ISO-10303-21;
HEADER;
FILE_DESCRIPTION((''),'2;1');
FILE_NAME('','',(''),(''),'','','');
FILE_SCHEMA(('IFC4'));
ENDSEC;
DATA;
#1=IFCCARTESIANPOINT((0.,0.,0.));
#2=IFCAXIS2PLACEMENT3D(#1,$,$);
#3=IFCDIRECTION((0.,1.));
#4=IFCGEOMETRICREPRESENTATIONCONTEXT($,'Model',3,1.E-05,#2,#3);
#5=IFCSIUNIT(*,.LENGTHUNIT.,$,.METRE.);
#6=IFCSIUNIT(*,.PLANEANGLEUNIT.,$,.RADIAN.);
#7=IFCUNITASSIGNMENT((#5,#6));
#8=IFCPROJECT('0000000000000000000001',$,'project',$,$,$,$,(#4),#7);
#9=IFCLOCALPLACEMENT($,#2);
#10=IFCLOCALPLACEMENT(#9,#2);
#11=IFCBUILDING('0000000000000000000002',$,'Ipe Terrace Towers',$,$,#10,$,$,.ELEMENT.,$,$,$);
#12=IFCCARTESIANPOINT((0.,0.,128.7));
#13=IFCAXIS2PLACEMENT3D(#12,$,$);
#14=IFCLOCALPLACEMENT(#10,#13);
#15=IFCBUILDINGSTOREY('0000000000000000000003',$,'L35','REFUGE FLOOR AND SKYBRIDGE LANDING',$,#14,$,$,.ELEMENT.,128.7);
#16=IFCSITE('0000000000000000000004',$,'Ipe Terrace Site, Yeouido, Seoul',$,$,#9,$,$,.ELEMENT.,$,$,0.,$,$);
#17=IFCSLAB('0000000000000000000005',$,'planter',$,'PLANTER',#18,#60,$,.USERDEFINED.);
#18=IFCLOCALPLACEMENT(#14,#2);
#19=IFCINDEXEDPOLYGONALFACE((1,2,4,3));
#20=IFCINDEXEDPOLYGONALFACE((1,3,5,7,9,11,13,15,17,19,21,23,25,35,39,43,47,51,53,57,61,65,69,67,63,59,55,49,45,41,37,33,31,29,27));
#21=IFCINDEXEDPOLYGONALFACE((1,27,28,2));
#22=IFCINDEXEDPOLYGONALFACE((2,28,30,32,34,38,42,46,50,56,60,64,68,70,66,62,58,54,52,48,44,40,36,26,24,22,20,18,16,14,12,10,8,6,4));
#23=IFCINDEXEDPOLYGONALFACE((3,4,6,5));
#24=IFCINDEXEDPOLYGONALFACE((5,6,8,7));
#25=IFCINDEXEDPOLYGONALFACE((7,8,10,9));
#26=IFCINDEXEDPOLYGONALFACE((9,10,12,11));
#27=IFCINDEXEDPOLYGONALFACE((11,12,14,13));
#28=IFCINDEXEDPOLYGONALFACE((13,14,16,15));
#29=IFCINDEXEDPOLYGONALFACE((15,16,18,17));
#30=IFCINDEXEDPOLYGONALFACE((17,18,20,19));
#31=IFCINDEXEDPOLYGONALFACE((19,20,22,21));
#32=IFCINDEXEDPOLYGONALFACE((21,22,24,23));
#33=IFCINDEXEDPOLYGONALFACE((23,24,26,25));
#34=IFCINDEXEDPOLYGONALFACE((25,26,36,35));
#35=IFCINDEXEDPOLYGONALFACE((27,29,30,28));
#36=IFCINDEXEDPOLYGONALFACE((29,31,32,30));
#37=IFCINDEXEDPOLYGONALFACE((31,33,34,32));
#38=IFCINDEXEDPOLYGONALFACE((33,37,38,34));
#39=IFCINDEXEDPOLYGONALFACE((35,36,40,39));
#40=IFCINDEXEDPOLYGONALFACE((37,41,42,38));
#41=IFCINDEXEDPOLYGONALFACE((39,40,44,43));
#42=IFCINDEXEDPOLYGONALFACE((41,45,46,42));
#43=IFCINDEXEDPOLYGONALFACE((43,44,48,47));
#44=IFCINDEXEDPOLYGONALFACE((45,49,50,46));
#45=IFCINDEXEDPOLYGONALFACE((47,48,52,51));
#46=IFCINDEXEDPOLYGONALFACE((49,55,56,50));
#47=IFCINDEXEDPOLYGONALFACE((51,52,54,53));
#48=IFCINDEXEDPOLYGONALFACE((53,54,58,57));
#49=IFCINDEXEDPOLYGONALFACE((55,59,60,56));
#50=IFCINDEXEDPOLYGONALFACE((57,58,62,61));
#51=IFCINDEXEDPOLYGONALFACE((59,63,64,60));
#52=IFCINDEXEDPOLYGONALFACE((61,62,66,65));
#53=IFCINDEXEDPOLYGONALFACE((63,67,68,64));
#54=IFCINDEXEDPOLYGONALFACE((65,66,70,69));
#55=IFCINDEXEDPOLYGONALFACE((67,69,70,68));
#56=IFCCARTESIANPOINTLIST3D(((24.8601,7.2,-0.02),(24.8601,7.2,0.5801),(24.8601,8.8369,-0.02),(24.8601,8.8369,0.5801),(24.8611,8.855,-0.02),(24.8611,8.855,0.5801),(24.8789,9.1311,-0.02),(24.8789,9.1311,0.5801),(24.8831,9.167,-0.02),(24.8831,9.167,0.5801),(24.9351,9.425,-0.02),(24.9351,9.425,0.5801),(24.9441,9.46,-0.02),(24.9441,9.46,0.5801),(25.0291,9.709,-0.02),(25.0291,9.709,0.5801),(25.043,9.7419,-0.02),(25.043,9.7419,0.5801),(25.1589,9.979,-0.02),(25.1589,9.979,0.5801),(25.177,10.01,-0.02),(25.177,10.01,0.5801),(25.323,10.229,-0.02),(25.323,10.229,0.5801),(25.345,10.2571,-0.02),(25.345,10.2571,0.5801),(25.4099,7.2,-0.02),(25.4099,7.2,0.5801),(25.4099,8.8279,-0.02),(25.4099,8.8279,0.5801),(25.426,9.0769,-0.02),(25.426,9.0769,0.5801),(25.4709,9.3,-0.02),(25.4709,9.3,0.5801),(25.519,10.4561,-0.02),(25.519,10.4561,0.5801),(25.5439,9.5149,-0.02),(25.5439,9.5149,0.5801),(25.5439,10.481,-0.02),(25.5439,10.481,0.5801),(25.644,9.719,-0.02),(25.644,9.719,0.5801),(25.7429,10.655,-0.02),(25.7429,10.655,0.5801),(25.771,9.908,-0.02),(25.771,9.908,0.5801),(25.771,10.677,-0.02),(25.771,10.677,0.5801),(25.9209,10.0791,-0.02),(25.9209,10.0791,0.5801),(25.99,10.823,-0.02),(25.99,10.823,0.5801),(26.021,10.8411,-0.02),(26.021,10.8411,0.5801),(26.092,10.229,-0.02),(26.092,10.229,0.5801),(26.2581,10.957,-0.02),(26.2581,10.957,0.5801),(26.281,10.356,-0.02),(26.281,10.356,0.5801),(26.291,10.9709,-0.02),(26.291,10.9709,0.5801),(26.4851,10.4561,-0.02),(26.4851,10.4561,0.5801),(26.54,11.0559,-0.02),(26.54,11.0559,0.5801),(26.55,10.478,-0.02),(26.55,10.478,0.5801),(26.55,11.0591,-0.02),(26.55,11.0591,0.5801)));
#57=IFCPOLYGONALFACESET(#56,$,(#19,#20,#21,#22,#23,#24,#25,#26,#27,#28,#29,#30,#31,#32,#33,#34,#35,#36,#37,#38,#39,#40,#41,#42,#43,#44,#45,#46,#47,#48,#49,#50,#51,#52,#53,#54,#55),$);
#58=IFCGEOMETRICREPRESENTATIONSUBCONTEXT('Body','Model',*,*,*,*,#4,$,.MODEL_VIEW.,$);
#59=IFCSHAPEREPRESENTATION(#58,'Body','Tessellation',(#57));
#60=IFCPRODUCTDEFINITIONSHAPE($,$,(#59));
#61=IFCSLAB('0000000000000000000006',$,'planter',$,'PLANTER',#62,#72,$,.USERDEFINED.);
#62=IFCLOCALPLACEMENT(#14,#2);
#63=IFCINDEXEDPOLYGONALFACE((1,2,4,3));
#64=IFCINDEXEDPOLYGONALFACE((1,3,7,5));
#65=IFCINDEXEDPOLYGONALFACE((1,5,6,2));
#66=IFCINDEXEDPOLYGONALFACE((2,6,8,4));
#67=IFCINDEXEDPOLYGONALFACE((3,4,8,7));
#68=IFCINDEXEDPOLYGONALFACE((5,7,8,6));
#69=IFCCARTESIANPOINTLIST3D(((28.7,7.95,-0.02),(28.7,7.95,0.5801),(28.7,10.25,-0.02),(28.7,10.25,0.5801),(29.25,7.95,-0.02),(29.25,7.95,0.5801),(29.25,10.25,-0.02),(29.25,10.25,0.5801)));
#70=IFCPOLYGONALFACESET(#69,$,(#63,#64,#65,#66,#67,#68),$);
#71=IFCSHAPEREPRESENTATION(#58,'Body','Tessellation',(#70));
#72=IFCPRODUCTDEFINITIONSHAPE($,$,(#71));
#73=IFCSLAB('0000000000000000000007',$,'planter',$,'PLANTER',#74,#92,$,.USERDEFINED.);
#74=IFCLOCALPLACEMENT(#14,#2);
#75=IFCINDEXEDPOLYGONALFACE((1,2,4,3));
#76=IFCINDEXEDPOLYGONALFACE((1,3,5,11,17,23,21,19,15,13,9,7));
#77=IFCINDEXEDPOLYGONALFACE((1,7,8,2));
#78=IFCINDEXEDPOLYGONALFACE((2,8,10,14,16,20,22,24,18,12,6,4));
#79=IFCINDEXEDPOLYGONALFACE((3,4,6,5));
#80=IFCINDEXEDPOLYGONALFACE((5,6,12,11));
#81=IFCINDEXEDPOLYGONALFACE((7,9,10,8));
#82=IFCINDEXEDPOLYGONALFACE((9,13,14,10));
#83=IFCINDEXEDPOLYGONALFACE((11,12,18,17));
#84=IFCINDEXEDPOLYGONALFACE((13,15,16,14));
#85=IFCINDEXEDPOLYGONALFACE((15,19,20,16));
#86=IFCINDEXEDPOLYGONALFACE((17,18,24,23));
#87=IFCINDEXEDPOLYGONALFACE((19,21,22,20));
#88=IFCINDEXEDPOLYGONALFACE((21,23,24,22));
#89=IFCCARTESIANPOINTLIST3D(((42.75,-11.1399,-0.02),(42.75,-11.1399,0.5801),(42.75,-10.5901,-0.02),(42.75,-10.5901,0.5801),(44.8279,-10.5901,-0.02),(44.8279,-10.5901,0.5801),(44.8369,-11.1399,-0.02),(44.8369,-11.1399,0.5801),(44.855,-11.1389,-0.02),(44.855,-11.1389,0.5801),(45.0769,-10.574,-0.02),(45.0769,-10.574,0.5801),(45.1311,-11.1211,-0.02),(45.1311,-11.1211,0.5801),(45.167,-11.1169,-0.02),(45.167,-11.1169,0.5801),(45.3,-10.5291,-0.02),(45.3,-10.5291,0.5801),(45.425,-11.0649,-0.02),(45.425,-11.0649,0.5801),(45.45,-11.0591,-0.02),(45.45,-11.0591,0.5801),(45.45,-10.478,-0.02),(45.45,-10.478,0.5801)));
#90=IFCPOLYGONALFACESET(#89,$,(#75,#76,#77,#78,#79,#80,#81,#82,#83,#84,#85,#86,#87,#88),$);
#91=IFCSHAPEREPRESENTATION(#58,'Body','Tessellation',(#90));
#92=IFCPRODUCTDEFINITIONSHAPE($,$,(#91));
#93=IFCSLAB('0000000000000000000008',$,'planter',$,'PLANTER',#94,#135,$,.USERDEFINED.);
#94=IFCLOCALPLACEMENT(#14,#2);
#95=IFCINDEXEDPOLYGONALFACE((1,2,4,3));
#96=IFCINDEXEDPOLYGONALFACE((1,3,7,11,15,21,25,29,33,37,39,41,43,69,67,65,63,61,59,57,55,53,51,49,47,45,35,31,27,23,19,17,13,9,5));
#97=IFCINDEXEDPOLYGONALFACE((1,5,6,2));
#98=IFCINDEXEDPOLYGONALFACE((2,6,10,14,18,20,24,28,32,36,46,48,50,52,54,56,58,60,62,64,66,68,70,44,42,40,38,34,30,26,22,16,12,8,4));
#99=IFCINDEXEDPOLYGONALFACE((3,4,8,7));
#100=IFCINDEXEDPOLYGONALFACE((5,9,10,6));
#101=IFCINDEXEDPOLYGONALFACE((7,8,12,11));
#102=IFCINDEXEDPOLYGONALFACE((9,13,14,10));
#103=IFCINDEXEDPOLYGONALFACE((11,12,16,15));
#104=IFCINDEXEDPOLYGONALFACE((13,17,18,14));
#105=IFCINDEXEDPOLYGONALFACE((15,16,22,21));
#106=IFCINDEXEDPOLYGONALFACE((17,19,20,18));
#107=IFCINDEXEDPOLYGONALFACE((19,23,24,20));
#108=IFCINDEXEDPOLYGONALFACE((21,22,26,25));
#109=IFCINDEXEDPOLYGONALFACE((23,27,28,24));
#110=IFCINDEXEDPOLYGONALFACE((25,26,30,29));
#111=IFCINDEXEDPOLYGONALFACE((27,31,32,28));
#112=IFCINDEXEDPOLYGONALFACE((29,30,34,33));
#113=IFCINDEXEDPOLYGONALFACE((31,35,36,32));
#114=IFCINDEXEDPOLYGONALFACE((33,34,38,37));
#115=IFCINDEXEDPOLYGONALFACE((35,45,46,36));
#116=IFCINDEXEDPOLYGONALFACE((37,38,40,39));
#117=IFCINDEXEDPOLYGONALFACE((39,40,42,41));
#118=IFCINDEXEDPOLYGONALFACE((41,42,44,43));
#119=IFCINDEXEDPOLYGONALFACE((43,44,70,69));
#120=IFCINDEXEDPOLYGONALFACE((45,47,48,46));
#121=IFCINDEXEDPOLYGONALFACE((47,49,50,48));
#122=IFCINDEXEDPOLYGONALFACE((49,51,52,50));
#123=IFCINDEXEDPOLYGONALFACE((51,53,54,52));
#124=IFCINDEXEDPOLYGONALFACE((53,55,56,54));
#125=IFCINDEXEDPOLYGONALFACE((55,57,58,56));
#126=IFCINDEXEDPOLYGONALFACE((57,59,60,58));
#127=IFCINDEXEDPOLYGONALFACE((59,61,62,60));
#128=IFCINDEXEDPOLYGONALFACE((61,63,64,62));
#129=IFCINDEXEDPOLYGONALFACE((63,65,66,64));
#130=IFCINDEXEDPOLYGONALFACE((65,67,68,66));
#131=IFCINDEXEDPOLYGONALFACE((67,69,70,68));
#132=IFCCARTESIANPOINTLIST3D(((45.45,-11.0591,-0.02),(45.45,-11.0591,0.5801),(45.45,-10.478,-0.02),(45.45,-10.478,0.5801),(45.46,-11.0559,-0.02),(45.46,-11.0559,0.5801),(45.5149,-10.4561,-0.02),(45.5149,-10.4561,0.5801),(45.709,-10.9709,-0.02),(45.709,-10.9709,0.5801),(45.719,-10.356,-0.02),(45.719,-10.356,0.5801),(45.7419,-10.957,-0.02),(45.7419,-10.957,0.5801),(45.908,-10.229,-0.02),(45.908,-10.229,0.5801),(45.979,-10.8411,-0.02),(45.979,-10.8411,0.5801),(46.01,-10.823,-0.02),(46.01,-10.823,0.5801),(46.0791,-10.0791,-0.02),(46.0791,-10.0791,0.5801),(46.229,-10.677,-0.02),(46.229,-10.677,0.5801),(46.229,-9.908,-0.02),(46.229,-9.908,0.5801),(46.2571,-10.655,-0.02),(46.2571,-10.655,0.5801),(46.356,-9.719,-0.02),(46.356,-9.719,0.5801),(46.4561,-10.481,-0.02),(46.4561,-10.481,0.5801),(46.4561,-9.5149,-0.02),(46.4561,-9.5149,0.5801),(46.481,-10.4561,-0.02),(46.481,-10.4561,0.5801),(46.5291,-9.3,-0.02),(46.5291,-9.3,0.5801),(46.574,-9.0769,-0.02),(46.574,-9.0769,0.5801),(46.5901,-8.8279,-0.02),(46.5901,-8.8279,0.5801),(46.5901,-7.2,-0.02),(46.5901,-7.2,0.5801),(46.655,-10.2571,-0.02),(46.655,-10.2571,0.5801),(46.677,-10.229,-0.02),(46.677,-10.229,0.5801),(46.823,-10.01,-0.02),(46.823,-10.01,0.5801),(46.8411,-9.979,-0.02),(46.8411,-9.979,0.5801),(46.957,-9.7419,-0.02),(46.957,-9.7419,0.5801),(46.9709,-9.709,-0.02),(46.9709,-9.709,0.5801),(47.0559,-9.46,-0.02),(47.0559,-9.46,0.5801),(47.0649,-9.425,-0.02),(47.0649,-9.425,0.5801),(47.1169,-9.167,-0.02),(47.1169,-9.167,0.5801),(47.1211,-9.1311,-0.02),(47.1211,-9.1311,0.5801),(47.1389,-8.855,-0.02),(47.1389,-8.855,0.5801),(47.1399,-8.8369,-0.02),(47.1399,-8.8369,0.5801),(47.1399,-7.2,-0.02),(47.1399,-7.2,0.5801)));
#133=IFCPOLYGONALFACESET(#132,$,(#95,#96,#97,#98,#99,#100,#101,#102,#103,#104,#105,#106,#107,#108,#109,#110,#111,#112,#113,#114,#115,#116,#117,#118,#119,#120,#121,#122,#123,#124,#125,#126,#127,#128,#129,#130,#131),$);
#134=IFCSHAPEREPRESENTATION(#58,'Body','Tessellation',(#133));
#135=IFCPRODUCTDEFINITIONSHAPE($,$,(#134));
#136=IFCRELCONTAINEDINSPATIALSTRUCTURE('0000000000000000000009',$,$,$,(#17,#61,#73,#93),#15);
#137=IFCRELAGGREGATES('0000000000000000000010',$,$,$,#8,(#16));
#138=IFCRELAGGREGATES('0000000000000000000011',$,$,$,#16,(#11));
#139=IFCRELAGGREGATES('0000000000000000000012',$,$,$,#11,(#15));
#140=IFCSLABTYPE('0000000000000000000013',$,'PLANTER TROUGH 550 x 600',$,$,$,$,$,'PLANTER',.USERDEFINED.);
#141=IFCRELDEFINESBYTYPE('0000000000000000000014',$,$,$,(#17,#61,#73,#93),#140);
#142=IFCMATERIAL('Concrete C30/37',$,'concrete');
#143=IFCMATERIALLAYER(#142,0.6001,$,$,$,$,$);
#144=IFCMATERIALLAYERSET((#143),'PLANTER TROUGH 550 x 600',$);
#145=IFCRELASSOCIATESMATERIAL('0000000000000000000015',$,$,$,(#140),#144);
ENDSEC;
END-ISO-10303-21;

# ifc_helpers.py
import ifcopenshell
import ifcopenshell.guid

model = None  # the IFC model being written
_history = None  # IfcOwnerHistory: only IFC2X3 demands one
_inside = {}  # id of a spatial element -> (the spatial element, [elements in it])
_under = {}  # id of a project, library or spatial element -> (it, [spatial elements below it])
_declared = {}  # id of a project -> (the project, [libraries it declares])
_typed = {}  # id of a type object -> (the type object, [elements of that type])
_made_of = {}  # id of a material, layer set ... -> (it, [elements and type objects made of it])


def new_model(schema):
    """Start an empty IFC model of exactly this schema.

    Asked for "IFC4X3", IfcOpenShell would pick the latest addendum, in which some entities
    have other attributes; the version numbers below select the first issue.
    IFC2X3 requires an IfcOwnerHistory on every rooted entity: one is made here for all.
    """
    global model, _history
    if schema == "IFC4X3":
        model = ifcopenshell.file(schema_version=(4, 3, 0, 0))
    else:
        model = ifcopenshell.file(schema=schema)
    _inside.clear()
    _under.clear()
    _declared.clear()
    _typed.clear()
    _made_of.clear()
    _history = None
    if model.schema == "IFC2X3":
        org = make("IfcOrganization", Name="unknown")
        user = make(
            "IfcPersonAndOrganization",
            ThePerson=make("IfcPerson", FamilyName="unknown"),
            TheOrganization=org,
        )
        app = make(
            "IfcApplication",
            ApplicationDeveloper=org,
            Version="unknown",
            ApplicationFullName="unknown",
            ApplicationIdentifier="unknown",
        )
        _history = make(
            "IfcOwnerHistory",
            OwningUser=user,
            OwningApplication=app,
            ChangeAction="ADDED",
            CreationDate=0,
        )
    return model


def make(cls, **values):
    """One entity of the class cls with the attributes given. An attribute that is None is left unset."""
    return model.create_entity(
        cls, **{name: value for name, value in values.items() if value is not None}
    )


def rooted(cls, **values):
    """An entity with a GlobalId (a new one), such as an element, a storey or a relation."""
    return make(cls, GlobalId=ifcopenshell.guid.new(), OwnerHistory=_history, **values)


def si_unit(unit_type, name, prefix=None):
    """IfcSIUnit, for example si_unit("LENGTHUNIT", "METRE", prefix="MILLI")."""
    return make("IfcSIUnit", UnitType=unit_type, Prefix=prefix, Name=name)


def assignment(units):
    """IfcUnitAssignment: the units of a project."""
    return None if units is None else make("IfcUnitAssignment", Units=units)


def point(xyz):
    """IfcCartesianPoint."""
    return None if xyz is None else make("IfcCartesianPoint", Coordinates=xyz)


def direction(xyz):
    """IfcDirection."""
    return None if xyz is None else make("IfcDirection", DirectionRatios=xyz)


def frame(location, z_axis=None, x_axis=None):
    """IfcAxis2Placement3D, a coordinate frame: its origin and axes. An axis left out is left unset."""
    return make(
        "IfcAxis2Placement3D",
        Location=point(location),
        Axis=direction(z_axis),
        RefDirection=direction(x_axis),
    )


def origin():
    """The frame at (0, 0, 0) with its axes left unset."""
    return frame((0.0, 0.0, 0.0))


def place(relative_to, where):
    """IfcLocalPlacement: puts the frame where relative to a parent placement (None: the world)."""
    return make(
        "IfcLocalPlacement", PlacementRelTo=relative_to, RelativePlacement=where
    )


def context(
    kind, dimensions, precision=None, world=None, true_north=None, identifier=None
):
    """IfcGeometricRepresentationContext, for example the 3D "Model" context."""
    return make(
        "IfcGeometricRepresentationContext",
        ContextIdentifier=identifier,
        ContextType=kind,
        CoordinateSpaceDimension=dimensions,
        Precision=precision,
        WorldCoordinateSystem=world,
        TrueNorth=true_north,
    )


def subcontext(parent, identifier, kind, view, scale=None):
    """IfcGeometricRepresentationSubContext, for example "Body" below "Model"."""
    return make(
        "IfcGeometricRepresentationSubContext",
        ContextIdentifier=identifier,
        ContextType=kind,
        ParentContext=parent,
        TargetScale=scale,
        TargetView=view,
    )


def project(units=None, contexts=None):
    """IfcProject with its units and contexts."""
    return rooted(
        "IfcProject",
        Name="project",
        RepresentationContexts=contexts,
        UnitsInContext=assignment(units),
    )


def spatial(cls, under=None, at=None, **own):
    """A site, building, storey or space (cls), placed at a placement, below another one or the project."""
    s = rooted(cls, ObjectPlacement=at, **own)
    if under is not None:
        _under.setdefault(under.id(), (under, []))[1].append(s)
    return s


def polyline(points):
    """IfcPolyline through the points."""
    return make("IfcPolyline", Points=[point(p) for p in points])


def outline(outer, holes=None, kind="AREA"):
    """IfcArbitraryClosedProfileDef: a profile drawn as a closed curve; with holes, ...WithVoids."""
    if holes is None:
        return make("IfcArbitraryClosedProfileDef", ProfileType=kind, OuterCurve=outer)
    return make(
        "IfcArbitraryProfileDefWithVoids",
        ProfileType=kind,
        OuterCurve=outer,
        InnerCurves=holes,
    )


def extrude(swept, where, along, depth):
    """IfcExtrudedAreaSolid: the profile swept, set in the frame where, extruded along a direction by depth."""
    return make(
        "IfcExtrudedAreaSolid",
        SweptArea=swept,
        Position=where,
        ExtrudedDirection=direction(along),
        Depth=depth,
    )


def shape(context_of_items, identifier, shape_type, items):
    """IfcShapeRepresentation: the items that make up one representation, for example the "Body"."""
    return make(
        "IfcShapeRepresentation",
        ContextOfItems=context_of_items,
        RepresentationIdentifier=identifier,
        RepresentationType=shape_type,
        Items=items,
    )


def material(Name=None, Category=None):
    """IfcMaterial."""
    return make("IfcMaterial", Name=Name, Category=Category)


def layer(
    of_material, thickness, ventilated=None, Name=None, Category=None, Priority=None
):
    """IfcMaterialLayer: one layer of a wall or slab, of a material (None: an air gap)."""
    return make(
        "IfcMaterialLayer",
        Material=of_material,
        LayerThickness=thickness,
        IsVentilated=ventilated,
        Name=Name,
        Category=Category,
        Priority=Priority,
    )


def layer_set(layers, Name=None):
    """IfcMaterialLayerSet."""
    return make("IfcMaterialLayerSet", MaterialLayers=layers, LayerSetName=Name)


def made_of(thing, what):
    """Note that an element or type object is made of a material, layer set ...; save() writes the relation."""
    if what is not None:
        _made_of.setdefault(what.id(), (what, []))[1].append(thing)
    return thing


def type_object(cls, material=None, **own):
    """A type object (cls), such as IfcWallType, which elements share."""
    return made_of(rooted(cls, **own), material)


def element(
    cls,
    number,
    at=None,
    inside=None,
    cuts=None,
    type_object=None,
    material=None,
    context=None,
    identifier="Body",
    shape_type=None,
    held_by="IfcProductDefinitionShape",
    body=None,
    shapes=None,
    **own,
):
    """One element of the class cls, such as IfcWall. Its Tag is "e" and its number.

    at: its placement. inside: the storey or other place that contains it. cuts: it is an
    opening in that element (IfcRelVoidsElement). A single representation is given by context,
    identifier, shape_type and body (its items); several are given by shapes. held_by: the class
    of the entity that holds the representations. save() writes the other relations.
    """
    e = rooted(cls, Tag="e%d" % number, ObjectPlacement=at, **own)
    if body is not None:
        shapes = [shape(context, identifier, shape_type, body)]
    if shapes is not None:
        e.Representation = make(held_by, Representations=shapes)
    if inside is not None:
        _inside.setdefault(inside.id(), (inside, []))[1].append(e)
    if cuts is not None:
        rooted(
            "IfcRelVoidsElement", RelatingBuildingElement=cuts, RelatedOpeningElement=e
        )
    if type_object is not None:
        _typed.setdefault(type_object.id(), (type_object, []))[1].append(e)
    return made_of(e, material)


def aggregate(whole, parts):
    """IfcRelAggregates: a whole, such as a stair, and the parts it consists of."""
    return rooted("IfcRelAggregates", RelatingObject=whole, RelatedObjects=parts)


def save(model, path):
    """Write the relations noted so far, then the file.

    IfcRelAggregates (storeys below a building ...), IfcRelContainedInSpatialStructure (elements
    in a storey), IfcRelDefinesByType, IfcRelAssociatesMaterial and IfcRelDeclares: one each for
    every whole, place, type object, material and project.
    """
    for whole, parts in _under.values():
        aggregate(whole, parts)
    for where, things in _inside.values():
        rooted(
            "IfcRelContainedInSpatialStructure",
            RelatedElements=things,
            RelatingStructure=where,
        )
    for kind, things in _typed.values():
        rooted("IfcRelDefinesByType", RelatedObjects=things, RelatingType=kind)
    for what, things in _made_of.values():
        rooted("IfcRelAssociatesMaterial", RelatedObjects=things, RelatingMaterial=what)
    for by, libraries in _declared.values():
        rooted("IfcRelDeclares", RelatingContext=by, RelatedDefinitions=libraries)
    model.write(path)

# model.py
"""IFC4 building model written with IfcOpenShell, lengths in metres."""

from ifc_helpers import new_model, si_unit, direction, frame, origin, place, context, subcontext, project, spatial, polyline, outline, extrude, material, layer, layer_set, type_object, element, save


model = new_model("IFC4")

# Units and contexts
model_context = context("Model", 3, precision=1e-05, world=origin(), true_north=direction((0.0, 1.0)))
body_context = subcontext(model_context, "Body", "Model", "MODEL_VIEW")
ifc_project = project(units=[si_unit("LENGTHUNIT", "METRE"), si_unit("PLANEANGLEUNIT", "RADIAN")], contexts=[model_context])

# Site, building, storey
site_placement = place(None, origin())
site = spatial("IfcSite", under=ifc_project, at=site_placement, Name="Ipe Terrace Site, Yeouido, Seoul", CompositionType="ELEMENT", RefElevation=0.0)
building_placement = place(site_placement, origin())
building = spatial("IfcBuilding", under=site, at=building_placement, Name="Ipe Terrace Towers", CompositionType="ELEMENT")
storey_placement = place(building_placement, frame((0.0, 0.0, 128.7)))
storey = spatial("IfcBuildingStorey", under=building, at=storey_placement, Name="L35", Description="REFUGE FLOOR AND SKYBRIDGE LANDING", CompositionType="ELEMENT", Elevation=128.7)

# Slabs
ifc_material_1 = material(Name="Concrete C30/37", Category="concrete")
ifc_layer_1 = layer(ifc_material_1, 0.6001)
ifc_layer_set_1 = layer_set([ifc_layer_1], Name="PLANTER TROUGH 550 x 600")
slab_type_1 = type_object("IfcSlabType", Name="PLANTER TROUGH 550 x 600", ElementType="PLANTER", PredefinedType="USERDEFINED", material=ifc_layer_set_1)
slab_1_placement = place(storey_placement, frame((0.0, 0.0, -0.02)))
element("IfcSlab", 1, at=slab_1_placement, inside=storey, type_object=slab_type_1, Name="planter", ObjectType="PLANTER", PredefinedType="USERDEFINED", context=body_context, shape_type="SweptSolid", body=[
    extrude(outline(polyline([(26.4851, 10.4561), (26.55, 10.478), (26.55, 11.0591), (26.54, 11.0559), (26.291, 10.9709), (26.2581, 10.957), (26.021, 10.8411), (25.99, 10.823), (25.771, 10.677), (25.7429, 10.655), (25.5439, 10.481), (25.519, 10.4561), (25.345, 10.2571), (25.323, 10.229), (25.177, 10.01), (25.1589, 9.979), (25.043, 9.7419), (25.0291, 9.709), (24.9441, 9.46), (24.9351, 9.425), (24.8831, 9.167), (24.8789, 9.1311), (24.8611, 8.855), (24.8601, 8.8369), (24.8601, 7.2), (25.4099, 7.2), (25.4099, 8.8279), (25.426, 9.0769), (25.4709, 9.3), (25.5439, 9.5149), (25.644, 9.719), (25.771, 9.908), (25.9209, 10.0791), (26.092, 10.229), (26.281, 10.356), (26.4851, 10.4561)])), origin(), (0.0, 0.0, 1.0), 0.6001),
])
slab_2_placement = place(storey_placement, frame((0.0, 0.0, -0.02)))
element("IfcSlab", 2, at=slab_2_placement, inside=storey, type_object=slab_type_1, Name="planter", ObjectType="PLANTER", PredefinedType="USERDEFINED", context=body_context, shape_type="SweptSolid", body=[
    extrude(outline(polyline([(29.25, 7.95), (29.25, 10.25), (28.7, 10.25), (28.7, 7.95), (29.25, 7.95)])), origin(), (0.0, 0.0, 1.0), 0.6001),
])
slab_3_placement = place(storey_placement, frame((0.0, 0.0, -0.02)))
element("IfcSlab", 3, at=slab_3_placement, inside=storey, type_object=slab_type_1, Name="planter", ObjectType="PLANTER", PredefinedType="USERDEFINED", context=body_context, shape_type="SweptSolid", body=[
    extrude(outline(polyline([(45.3, -10.5291), (45.0769, -10.574), (44.8279, -10.5901), (42.75, -10.5901), (42.75, -11.1399), (44.8369, -11.1399), (44.855, -11.1389), (45.1311, -11.1211), (45.167, -11.1169), (45.425, -11.0649), (45.45, -11.0591), (45.45, -10.478), (45.3, -10.5291)])), origin(), (0.0, 0.0, 1.0), 0.6001),
])
slab_4_placement = place(storey_placement, frame((0.0, 0.0, -0.02)))
element("IfcSlab", 4, at=slab_4_placement, inside=storey, type_object=slab_type_1, Name="planter", ObjectType="PLANTER", PredefinedType="USERDEFINED", context=body_context, shape_type="SweptSolid", body=[
    extrude(outline(polyline([(45.5149, -10.4561), (45.45, -10.478), (45.45, -11.0591), (45.46, -11.0559), (45.709, -10.9709), (45.7419, -10.957), (45.979, -10.8411), (46.01, -10.823), (46.229, -10.677), (46.2571, -10.655), (46.4561, -10.481), (46.481, -10.4561), (46.655, -10.2571), (46.677, -10.229), (46.823, -10.01), (46.8411, -9.979), (46.957, -9.7419), (46.9709, -9.709), (47.0559, -9.46), (47.0649, -9.425), (47.1169, -9.167), (47.1211, -9.1311), (47.1389, -8.855), (47.1399, -8.8369), (47.1399, -7.2), (46.5901, -7.2), (46.5901, -8.8279), (46.574, -9.0769), (46.5291, -9.3), (46.4561, -9.5149), (46.356, -9.719), (46.229, -9.908), (46.0791, -10.0791), (45.908, -10.229), (45.719, -10.356), (45.5149, -10.4561)])), origin(), (0.0, 0.0, 1.0), 0.6001),
])

save(model, "model.ifc")
